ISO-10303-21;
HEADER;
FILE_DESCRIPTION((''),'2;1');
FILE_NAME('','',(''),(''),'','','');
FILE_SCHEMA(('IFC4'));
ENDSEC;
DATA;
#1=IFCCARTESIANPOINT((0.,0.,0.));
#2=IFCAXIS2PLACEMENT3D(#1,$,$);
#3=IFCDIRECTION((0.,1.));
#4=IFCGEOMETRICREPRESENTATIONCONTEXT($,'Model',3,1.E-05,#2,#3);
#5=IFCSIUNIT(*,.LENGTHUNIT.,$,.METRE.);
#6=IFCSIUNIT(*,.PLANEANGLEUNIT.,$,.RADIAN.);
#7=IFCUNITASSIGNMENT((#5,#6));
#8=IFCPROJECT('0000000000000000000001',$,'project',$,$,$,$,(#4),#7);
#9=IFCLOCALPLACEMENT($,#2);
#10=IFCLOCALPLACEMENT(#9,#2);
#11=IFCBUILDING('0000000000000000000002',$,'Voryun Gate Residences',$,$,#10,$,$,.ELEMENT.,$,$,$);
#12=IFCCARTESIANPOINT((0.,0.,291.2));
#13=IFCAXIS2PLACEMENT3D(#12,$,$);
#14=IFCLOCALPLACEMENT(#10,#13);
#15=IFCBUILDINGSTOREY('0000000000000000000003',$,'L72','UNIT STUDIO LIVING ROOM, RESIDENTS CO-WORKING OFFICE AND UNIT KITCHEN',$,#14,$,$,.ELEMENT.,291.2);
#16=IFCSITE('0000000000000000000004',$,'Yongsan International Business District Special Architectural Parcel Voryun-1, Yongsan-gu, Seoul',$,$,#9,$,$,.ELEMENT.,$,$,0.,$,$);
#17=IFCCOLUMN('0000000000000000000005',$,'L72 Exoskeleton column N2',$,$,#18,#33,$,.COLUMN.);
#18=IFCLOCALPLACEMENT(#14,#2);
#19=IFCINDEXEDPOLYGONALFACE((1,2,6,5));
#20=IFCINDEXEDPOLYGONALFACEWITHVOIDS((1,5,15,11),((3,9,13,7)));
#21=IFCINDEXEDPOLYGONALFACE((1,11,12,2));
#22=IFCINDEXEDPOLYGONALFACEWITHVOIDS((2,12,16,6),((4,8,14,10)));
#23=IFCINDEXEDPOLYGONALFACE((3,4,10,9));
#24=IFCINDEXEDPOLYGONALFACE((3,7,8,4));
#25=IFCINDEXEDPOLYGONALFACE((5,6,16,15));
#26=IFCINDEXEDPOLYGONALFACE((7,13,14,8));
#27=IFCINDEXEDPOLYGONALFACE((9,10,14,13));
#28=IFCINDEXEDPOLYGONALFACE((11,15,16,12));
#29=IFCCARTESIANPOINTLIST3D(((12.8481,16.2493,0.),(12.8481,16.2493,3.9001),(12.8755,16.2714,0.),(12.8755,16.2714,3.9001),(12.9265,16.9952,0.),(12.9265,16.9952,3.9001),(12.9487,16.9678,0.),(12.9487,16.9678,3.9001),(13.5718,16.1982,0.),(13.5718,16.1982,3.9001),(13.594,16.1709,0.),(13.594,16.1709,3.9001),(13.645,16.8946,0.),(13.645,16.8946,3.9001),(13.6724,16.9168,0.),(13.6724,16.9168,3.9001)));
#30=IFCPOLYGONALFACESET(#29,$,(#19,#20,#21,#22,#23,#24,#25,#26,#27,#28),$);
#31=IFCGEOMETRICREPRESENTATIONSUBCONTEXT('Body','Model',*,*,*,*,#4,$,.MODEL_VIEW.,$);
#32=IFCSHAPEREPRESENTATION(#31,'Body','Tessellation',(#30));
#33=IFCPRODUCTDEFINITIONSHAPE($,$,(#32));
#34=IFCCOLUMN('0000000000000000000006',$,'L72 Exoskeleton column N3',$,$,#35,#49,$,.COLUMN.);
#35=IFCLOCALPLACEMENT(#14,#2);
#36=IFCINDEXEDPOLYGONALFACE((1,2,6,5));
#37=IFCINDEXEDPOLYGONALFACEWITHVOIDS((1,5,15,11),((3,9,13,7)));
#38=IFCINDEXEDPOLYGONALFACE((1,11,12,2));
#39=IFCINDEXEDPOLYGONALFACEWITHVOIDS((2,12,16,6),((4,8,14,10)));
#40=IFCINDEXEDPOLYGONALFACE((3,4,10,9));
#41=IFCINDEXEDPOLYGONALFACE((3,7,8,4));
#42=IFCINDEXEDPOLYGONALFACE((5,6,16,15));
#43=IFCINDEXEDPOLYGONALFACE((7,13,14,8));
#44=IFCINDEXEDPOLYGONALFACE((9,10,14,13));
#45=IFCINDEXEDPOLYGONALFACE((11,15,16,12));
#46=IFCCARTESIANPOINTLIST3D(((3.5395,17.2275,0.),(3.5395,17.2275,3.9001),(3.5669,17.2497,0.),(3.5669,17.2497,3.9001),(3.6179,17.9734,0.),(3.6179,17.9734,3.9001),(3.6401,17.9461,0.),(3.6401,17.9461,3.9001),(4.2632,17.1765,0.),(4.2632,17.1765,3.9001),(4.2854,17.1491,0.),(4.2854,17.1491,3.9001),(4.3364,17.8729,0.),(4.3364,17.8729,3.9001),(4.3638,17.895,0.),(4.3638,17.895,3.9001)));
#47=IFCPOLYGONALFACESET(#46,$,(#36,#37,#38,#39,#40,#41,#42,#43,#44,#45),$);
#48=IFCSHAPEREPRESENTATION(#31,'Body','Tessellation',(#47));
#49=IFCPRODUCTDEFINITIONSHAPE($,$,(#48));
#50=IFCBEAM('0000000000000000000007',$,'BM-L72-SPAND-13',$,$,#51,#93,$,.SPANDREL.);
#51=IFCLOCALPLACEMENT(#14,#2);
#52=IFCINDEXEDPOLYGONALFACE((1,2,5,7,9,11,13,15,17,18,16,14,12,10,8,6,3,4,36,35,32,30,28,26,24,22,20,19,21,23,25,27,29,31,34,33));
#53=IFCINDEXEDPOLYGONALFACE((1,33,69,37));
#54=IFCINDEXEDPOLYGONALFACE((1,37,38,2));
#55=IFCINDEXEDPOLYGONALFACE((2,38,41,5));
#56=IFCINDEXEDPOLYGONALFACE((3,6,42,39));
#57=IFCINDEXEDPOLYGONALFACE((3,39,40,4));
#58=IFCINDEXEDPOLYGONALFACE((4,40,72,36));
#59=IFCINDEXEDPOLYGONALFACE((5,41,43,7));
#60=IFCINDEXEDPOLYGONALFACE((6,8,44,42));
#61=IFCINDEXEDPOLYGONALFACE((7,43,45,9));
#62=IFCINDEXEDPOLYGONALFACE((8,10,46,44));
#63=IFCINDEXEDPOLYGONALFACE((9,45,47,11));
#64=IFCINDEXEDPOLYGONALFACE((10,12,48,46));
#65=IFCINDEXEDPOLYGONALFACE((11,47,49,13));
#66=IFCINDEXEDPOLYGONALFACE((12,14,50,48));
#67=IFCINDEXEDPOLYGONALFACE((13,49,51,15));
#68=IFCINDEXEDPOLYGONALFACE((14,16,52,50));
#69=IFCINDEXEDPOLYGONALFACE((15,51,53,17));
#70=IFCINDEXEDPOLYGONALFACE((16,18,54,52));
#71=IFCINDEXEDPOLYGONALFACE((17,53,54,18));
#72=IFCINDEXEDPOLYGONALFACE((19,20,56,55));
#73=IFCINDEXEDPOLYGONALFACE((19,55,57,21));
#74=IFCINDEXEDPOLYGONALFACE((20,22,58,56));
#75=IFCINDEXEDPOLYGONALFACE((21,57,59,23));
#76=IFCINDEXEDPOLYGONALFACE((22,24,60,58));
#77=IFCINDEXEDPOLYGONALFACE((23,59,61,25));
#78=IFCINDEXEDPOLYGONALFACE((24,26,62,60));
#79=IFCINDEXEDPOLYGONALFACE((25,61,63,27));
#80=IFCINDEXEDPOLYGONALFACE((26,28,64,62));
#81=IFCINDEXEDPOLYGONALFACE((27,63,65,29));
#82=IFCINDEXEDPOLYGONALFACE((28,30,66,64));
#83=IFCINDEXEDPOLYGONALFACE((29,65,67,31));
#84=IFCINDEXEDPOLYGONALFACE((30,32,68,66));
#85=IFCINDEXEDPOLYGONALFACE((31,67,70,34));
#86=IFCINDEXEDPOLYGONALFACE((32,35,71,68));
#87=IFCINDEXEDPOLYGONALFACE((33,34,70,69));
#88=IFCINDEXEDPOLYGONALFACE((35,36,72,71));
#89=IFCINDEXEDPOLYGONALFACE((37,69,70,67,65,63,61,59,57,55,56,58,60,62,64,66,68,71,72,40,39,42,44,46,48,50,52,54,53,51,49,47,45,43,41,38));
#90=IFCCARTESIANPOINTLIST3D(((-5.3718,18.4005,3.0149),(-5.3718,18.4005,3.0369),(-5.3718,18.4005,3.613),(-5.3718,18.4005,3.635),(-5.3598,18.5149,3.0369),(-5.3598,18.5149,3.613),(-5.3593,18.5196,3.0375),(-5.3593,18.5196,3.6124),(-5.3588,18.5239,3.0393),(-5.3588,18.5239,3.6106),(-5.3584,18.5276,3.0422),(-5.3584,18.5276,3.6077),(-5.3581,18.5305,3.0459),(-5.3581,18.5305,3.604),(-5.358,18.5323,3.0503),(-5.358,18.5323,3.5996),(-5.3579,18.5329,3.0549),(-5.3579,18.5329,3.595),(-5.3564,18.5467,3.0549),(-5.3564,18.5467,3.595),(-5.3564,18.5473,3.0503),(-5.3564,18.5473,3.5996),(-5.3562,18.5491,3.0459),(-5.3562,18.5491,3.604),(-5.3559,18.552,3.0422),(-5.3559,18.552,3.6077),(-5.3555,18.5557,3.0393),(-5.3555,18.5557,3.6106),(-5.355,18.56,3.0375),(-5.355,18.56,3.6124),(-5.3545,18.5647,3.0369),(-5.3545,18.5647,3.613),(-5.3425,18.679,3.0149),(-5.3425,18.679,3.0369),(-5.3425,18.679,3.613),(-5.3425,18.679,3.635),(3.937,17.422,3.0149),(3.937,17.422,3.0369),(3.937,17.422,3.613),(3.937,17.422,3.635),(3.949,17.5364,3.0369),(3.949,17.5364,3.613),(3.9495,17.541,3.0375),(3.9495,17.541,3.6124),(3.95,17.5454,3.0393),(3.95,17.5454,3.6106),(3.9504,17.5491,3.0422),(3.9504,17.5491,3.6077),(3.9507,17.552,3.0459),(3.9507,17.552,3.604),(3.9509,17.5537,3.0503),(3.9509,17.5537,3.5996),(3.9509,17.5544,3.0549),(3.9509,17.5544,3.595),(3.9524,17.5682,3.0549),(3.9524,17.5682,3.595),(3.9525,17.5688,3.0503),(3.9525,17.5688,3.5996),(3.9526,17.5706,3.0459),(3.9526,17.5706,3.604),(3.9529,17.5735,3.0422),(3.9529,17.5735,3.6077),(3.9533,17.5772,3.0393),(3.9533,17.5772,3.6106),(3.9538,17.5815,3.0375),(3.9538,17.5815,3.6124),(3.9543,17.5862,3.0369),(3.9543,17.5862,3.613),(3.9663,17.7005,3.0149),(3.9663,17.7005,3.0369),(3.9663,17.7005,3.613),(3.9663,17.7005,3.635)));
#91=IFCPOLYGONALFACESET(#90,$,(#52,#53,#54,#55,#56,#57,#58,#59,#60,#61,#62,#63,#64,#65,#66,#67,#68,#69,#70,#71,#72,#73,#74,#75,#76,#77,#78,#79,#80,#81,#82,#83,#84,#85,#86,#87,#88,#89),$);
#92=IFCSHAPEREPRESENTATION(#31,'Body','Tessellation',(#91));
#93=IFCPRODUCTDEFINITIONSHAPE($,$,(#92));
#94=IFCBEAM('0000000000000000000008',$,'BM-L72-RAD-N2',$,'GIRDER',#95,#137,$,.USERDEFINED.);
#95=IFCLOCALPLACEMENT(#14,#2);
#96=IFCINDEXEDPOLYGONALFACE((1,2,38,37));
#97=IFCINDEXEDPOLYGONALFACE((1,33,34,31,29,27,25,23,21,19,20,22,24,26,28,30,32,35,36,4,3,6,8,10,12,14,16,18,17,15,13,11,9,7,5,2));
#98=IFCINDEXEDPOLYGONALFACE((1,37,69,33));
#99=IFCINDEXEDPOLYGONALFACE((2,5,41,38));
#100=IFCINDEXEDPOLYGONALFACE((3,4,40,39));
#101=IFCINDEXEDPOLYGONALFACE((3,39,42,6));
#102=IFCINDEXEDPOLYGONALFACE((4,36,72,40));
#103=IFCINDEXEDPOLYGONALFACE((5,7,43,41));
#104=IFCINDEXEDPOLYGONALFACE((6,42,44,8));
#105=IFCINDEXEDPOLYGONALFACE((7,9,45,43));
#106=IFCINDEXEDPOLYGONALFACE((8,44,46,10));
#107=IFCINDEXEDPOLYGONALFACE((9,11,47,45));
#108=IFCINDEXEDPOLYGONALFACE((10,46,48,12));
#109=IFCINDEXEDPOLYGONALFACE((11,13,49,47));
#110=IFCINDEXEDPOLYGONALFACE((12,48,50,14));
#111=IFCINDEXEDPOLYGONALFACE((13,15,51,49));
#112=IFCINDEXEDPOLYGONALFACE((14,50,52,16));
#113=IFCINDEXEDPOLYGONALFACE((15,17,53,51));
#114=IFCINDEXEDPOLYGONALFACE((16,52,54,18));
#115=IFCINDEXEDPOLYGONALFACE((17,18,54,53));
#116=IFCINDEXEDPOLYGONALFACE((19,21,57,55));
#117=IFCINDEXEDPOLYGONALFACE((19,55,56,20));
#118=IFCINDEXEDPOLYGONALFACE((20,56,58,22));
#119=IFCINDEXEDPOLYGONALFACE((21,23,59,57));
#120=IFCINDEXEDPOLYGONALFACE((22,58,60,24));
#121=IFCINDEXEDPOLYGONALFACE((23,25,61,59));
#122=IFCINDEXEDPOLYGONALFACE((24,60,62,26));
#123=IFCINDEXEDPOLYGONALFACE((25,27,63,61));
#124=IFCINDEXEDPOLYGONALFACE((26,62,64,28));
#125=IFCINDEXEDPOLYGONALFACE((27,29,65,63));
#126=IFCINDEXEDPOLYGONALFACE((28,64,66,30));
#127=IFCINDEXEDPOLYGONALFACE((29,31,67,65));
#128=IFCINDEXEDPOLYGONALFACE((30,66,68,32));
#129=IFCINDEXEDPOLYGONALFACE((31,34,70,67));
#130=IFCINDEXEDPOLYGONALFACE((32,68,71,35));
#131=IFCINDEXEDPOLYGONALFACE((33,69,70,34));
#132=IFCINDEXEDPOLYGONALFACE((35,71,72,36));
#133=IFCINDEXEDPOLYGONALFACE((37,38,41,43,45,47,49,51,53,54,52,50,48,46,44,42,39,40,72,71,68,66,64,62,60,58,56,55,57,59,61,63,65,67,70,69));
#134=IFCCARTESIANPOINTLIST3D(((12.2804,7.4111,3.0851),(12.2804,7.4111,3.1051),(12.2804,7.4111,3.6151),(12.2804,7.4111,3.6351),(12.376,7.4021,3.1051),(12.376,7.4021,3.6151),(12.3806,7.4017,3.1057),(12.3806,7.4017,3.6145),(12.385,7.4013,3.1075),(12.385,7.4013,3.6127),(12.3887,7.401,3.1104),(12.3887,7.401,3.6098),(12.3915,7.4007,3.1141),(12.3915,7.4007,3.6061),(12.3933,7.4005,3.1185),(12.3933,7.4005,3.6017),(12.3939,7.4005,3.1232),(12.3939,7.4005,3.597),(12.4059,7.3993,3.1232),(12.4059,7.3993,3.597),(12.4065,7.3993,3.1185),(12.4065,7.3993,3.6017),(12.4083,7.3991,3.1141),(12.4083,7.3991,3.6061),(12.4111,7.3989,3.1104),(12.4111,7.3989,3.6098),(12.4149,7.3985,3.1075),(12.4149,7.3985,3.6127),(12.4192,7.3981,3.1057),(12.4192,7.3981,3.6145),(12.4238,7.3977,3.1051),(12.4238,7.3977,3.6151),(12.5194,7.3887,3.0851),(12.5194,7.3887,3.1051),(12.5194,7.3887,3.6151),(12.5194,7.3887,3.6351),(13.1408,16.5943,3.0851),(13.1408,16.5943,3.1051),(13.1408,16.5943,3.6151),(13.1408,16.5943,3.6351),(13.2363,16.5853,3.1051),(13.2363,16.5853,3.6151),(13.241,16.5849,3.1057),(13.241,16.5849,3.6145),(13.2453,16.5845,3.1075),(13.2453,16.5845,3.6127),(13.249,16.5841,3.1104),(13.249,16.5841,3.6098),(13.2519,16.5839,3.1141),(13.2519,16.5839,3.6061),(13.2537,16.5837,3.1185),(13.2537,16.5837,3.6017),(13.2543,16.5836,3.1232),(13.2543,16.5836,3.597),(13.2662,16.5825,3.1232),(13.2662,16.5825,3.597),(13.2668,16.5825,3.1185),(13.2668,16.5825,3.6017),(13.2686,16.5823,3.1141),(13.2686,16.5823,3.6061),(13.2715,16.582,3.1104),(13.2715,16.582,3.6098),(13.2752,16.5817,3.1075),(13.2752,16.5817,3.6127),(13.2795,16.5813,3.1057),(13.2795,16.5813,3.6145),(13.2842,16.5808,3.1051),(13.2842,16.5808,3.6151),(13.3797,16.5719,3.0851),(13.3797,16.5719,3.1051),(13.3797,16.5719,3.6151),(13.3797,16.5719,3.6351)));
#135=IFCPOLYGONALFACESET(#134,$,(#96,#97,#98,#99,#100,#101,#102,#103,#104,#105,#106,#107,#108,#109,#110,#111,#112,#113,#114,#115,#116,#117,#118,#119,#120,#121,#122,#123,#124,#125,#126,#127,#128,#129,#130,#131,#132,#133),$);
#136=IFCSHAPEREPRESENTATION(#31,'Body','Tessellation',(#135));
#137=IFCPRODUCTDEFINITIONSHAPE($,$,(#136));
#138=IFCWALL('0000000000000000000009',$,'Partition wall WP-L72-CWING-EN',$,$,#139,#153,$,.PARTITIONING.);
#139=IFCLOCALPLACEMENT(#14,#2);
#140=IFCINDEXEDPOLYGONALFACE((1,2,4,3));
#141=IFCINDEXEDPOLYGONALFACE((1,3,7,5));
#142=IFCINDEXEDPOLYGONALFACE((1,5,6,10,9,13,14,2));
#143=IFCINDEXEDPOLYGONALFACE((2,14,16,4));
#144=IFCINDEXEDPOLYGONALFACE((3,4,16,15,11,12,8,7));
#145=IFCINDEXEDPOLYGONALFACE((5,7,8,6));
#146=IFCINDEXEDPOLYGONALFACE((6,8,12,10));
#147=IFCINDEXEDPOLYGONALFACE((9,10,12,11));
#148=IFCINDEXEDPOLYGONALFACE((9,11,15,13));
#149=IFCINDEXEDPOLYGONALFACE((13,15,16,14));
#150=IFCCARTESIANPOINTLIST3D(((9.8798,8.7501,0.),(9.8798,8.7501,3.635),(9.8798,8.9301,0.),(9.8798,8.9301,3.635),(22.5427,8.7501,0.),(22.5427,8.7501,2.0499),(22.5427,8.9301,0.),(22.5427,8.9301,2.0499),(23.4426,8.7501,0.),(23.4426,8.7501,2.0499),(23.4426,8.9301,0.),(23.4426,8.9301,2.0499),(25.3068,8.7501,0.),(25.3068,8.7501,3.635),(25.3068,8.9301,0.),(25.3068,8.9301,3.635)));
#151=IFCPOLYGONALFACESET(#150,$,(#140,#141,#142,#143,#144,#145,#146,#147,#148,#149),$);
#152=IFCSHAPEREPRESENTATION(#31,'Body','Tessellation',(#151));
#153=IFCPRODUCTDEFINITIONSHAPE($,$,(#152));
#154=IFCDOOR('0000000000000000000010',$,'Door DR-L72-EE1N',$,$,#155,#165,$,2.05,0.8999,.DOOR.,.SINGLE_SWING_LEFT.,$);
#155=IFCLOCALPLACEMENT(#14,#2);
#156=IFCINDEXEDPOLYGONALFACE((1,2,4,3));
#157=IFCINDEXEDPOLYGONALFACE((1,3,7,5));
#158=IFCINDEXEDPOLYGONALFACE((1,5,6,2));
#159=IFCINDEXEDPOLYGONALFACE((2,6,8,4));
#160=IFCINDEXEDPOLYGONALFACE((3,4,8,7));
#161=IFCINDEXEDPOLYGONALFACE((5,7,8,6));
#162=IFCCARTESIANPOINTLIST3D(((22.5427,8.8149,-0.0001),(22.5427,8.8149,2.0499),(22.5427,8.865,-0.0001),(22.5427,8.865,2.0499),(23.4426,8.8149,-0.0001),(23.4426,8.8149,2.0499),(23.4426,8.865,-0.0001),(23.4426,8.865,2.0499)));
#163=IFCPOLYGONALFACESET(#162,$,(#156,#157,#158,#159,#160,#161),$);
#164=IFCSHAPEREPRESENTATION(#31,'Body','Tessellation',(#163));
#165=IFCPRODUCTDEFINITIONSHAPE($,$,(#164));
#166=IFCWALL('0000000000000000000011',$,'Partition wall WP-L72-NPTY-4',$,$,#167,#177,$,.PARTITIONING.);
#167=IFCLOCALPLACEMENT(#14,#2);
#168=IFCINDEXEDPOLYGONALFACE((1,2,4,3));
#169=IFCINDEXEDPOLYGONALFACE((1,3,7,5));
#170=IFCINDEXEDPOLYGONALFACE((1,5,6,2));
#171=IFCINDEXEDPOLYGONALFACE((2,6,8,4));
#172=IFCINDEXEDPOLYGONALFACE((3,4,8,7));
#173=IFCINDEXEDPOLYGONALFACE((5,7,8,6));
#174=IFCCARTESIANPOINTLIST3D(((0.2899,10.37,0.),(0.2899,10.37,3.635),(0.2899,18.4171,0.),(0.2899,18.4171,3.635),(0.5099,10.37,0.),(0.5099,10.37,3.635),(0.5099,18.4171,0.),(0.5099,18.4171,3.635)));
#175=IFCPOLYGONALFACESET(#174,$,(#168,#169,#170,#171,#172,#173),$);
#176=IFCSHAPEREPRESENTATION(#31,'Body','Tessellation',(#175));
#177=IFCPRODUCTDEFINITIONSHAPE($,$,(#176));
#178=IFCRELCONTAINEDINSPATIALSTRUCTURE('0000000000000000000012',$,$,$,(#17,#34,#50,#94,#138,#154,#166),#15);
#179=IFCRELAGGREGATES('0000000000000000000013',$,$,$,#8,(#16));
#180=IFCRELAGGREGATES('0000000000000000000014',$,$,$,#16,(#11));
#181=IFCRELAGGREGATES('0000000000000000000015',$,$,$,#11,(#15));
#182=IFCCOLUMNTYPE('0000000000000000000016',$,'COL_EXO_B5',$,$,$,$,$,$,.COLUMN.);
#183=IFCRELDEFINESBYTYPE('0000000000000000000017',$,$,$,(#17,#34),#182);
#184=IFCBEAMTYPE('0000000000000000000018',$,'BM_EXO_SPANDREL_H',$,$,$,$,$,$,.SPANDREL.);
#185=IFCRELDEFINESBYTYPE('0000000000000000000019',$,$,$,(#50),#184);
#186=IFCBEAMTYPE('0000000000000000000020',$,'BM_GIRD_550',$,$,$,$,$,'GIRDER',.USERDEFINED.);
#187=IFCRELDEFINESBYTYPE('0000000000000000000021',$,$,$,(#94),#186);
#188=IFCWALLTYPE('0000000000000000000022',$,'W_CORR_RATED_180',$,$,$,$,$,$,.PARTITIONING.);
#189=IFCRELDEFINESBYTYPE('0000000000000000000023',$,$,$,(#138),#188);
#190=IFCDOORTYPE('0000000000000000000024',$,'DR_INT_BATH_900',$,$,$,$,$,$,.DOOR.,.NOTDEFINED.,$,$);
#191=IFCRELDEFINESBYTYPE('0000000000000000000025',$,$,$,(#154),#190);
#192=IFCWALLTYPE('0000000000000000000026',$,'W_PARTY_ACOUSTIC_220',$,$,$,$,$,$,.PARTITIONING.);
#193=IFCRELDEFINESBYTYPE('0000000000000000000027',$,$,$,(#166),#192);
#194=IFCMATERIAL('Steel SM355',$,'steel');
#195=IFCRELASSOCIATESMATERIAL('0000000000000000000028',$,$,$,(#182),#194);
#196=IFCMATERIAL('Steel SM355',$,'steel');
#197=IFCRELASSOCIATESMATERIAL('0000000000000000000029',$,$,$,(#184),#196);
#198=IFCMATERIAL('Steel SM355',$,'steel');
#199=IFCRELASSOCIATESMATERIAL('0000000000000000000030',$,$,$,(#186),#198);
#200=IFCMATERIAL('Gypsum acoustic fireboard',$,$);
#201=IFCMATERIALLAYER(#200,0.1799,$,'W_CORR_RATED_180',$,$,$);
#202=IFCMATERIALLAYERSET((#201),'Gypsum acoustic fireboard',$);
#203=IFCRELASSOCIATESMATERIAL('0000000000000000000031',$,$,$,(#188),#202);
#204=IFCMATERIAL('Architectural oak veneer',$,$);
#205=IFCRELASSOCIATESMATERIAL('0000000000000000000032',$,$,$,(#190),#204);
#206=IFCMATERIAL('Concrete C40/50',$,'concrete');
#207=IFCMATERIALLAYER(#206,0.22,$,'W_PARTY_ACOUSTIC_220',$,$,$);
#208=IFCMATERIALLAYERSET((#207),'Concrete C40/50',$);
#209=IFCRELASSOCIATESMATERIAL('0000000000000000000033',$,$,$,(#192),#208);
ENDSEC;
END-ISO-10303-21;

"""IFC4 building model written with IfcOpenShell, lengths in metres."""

from ifc_helpers import new_model, si_unit, direction, frame, frame_2d, origin, origin_2d, place, context, subcontext, project, spatial, rectangle, hollow_rectangle, i_section, extrude, material, layer, layer_set, material_profile, profile_set, type_object, element, fill, save


model = new_model("IFC4")

# Units and contexts
model_context = context("Model", 3, precision=1e-05, world=origin(), true_north=direction((0.0, 1.0)))
body_context = subcontext(model_context, "Body", "Model", "MODEL_VIEW")
ifc_project = project(units=[si_unit("LENGTHUNIT", "METRE"), si_unit("PLANEANGLEUNIT", "RADIAN")], contexts=[model_context])

# Site, building, storey
site_placement = place(None, origin())
site = spatial("IfcSite", under=ifc_project, at=site_placement, Name="Yongsan International Business District Special Architectural Parcel Voryun-1, Yongsan-gu, Seoul", CompositionType="ELEMENT", RefElevation=0.0)
building_placement = place(site_placement, origin())
building = spatial("IfcBuilding", under=site, at=building_placement, Name="Voryun Gate Residences", CompositionType="ELEMENT")
storey_placement = place(building_placement, frame((0.0, 0.0, 291.2)))
storey = spatial("IfcBuildingStorey", under=building, at=storey_placement, Name="L72", Description="UNIT STUDIO LIVING ROOM, RESIDENTS CO-WORKING OFFICE AND UNIT KITCHEN", CompositionType="ELEMENT", Elevation=291.2)

# Columns
ifc_material_1 = material(Name="Steel SM355", Category="steel")
ifc_material_profile_1 = material_profile(ifc_material_1, hollow_rectangle(XDim=0.75, YDim=0.75, WallThickness=0.0249, at=origin_2d()), Name="BOX-750x750x25")
ifc_profile_set_1 = profile_set([ifc_material_profile_1], Name="Steel SM355")
column_type = type_object("IfcColumnType", Name="COL_EXO_B5", PredefinedType="COLUMN", material=ifc_profile_set_1)
for number, where, z_axis, x_axis, name in (
    (1, (13.2603, 16.583, 0.0), (0.0, 0.0, 1.0), (0.994522, -0.104528, 0.0), "L72 Exoskeleton column N2"),
    (2, (3.9517, 17.5613, 0.0), (0.0, 0.0, 1.0), (0.994522, -0.104528, 0.0), "L72 Exoskeleton column N3"),
):
    element("IfcColumn", number, at=place(storey_placement, frame(where, z_axis=z_axis, x_axis=x_axis)), inside=storey, type_object=column_type, Name=name, PredefinedType="COLUMN", context=body_context, shape_type="SweptSolid", body=[
        extrude(hollow_rectangle(XDim=0.75, YDim=0.75, WallThickness=0.0249, at=origin_2d()), origin(), (0.0, 0.0, 1.0), 3.9001),
    ])

# Beams
ifc_material_2 = material(Name="Steel SM355", Category="steel")
ifc_material_profile_2 = material_profile(ifc_material_2, i_section(OverallWidth=0.28, OverallDepth=0.6201, WebThickness=0.0139, FlangeThickness=0.022, FilletRadius=0.0181, at=origin_2d()), Name="H-620x280x14x22")
ifc_profile_set_2 = profile_set([ifc_material_profile_2], Name="Steel SM355")
beam_type_1 = type_object("IfcBeamType", Name="BM_EXO_SPANDREL_H", PredefinedType="SPANDREL", material=ifc_profile_set_2)
beam_1_placement = place(storey_placement, frame((3.9517, 17.5613, 3.325), z_axis=(-0.994521, 0.104541, 0.0), x_axis=(-0.104541, -0.994521, 0.0)))
element("IfcBeam", 3, at=beam_1_placement, inside=storey, type_object=beam_type_1, Name="BM-L72-SPAND-13", PredefinedType="SPANDREL", context=body_context, shape_type="SweptSolid", body=[
    extrude(i_section(OverallWidth=0.28, OverallDepth=0.6201, WebThickness=0.0139, FlangeThickness=0.022, FilletRadius=0.0181, at=origin_2d()), origin(), (0.0, 0.0, 1.0), 9.3601),
])
ifc_material_3 = material(Name="Steel SM355", Category="steel")
ifc_material_profile_3 = material_profile(ifc_material_3, i_section(OverallWidth=0.24, OverallDepth=0.55, WebThickness=0.012, FlangeThickness=0.02, FilletRadius=0.0181, at=origin_2d()), Name="H-550x240x12x20")
ifc_profile_set_3 = profile_set([ifc_material_profile_3], Name="Steel SM355")
beam_type_2 = type_object("IfcBeamType", Name="BM_GIRD_550", ElementType="GIRDER", PredefinedType="USERDEFINED", material=ifc_profile_set_3)
beam_2_placement = place(storey_placement, frame((12.3999, 7.3999, 3.3601), z_axis=(0.09328, 0.99564, 0.0), x_axis=(-0.99564, 0.09328, 0.0)))
element("IfcBeam", 4, at=beam_2_placement, inside=storey, type_object=beam_type_2, Name="BM-L72-RAD-N2", ObjectType="GIRDER", PredefinedType="USERDEFINED", context=body_context, shape_type="SweptSolid", body=[
    extrude(i_section(OverallWidth=0.24, OverallDepth=0.55, WebThickness=0.012, FlangeThickness=0.02, FilletRadius=0.0181, at=origin_2d()), origin(), (0.0, 0.0, 1.0), 9.2234),
])

# Wall, opening, door
ifc_material_4 = material(Name="Gypsum acoustic fireboard")
ifc_layer_1 = layer(ifc_material_4, 0.1799, Name="W_CORR_RATED_180")
ifc_layer_set_1 = layer_set([ifc_layer_1], Name="Gypsum acoustic fireboard")
wall_type_1 = type_object("IfcWallType", Name="W_CORR_RATED_180", PredefinedType="PARTITIONING", material=ifc_layer_set_1)
wall_1_placement = place(storey_placement, frame((9.8799, 8.8401, 0.0), z_axis=(0.0, 0.0, 1.0), x_axis=(1.0, 0.0, 0.0)))
wall_1 = element("IfcWall", 5, at=wall_1_placement, inside=storey, type_object=wall_type_1, Name="Partition wall WP-L72-CWING-EN", PredefinedType="PARTITIONING", context=body_context, shape_type="SweptSolid", body=[
    extrude(rectangle(XDim=15.427, YDim=0.1799, at=frame_2d((7.7134, 0.0))), origin(), (0.0, 0.0, 1.0), 3.635),
])
opening_1_placement = place(wall_1_placement, frame((12.6628, 0.0, 0.0)))
opening_1 = element("IfcOpeningElement", 6, at=opening_1_placement, cuts=wall_1, PredefinedType="OPENING", context=body_context, shape_type="SweptSolid", body=[
    extrude(rectangle(XDim=0.8999, YDim=2.05, at=frame_2d((0.45, 1.0249))), frame((0.0, 0.0999, 0.0), z_axis=(0.0, -1.0, 0.0), x_axis=(1.0, 0.0, 0.0)), (0.0, 0.0, 1.0), 0.2),
])
ifc_material_5 = material(Name="Architectural oak veneer")
door_type = type_object("IfcDoorType", Name="DR_INT_BATH_900", OperationType="NOTDEFINED", PredefinedType="DOOR", material=ifc_material_5)
door_1_placement = place(opening_1_placement, origin())
door_1 = element("IfcDoor", 7, at=door_1_placement, inside=storey, type_object=door_type, Name="Door DR-L72-EE1N", OperationType="SINGLE_SWING_LEFT", OverallHeight=2.05, OverallWidth=0.8999, PredefinedType="DOOR", context=body_context, shape_type="SweptSolid", body=[
    extrude(rectangle(XDim=0.8999, YDim=2.05, at=frame_2d((0.45, 1.0249))), frame((0.0, 0.0249, 0.0), z_axis=(0.0, -1.0, 0.0), x_axis=(1.0, 0.0, 0.0)), (0.0, 0.0, 1.0), 0.05),
])
fill(opening_1, door_1)

# Wall
ifc_material_6 = material(Name="Concrete C40/50", Category="concrete")
ifc_layer_2 = layer(ifc_material_6, 0.22, Name="W_PARTY_ACOUSTIC_220")
ifc_layer_set_2 = layer_set([ifc_layer_2], Name="Concrete C40/50")
wall_type_2 = type_object("IfcWallType", Name="W_PARTY_ACOUSTIC_220", PredefinedType="PARTITIONING", material=ifc_layer_set_2)
wall_2_placement = place(storey_placement, frame((0.3999, 10.3701, 0.0), z_axis=(0.0, 0.0, 1.0), x_axis=(0.0, 1.0, 0.0)))
element("IfcWall", 8, at=wall_2_placement, inside=storey, type_object=wall_type_2, Name="Partition wall WP-L72-NPTY-4", PredefinedType="PARTITIONING", context=body_context, shape_type="SweptSolid", body=[
    extrude(rectangle(XDim=8.0471, YDim=0.22, at=frame_2d((4.0234, 0.0))), origin(), (0.0, 0.0, 1.0), 3.635),
])

save(model, "model.ifc")
